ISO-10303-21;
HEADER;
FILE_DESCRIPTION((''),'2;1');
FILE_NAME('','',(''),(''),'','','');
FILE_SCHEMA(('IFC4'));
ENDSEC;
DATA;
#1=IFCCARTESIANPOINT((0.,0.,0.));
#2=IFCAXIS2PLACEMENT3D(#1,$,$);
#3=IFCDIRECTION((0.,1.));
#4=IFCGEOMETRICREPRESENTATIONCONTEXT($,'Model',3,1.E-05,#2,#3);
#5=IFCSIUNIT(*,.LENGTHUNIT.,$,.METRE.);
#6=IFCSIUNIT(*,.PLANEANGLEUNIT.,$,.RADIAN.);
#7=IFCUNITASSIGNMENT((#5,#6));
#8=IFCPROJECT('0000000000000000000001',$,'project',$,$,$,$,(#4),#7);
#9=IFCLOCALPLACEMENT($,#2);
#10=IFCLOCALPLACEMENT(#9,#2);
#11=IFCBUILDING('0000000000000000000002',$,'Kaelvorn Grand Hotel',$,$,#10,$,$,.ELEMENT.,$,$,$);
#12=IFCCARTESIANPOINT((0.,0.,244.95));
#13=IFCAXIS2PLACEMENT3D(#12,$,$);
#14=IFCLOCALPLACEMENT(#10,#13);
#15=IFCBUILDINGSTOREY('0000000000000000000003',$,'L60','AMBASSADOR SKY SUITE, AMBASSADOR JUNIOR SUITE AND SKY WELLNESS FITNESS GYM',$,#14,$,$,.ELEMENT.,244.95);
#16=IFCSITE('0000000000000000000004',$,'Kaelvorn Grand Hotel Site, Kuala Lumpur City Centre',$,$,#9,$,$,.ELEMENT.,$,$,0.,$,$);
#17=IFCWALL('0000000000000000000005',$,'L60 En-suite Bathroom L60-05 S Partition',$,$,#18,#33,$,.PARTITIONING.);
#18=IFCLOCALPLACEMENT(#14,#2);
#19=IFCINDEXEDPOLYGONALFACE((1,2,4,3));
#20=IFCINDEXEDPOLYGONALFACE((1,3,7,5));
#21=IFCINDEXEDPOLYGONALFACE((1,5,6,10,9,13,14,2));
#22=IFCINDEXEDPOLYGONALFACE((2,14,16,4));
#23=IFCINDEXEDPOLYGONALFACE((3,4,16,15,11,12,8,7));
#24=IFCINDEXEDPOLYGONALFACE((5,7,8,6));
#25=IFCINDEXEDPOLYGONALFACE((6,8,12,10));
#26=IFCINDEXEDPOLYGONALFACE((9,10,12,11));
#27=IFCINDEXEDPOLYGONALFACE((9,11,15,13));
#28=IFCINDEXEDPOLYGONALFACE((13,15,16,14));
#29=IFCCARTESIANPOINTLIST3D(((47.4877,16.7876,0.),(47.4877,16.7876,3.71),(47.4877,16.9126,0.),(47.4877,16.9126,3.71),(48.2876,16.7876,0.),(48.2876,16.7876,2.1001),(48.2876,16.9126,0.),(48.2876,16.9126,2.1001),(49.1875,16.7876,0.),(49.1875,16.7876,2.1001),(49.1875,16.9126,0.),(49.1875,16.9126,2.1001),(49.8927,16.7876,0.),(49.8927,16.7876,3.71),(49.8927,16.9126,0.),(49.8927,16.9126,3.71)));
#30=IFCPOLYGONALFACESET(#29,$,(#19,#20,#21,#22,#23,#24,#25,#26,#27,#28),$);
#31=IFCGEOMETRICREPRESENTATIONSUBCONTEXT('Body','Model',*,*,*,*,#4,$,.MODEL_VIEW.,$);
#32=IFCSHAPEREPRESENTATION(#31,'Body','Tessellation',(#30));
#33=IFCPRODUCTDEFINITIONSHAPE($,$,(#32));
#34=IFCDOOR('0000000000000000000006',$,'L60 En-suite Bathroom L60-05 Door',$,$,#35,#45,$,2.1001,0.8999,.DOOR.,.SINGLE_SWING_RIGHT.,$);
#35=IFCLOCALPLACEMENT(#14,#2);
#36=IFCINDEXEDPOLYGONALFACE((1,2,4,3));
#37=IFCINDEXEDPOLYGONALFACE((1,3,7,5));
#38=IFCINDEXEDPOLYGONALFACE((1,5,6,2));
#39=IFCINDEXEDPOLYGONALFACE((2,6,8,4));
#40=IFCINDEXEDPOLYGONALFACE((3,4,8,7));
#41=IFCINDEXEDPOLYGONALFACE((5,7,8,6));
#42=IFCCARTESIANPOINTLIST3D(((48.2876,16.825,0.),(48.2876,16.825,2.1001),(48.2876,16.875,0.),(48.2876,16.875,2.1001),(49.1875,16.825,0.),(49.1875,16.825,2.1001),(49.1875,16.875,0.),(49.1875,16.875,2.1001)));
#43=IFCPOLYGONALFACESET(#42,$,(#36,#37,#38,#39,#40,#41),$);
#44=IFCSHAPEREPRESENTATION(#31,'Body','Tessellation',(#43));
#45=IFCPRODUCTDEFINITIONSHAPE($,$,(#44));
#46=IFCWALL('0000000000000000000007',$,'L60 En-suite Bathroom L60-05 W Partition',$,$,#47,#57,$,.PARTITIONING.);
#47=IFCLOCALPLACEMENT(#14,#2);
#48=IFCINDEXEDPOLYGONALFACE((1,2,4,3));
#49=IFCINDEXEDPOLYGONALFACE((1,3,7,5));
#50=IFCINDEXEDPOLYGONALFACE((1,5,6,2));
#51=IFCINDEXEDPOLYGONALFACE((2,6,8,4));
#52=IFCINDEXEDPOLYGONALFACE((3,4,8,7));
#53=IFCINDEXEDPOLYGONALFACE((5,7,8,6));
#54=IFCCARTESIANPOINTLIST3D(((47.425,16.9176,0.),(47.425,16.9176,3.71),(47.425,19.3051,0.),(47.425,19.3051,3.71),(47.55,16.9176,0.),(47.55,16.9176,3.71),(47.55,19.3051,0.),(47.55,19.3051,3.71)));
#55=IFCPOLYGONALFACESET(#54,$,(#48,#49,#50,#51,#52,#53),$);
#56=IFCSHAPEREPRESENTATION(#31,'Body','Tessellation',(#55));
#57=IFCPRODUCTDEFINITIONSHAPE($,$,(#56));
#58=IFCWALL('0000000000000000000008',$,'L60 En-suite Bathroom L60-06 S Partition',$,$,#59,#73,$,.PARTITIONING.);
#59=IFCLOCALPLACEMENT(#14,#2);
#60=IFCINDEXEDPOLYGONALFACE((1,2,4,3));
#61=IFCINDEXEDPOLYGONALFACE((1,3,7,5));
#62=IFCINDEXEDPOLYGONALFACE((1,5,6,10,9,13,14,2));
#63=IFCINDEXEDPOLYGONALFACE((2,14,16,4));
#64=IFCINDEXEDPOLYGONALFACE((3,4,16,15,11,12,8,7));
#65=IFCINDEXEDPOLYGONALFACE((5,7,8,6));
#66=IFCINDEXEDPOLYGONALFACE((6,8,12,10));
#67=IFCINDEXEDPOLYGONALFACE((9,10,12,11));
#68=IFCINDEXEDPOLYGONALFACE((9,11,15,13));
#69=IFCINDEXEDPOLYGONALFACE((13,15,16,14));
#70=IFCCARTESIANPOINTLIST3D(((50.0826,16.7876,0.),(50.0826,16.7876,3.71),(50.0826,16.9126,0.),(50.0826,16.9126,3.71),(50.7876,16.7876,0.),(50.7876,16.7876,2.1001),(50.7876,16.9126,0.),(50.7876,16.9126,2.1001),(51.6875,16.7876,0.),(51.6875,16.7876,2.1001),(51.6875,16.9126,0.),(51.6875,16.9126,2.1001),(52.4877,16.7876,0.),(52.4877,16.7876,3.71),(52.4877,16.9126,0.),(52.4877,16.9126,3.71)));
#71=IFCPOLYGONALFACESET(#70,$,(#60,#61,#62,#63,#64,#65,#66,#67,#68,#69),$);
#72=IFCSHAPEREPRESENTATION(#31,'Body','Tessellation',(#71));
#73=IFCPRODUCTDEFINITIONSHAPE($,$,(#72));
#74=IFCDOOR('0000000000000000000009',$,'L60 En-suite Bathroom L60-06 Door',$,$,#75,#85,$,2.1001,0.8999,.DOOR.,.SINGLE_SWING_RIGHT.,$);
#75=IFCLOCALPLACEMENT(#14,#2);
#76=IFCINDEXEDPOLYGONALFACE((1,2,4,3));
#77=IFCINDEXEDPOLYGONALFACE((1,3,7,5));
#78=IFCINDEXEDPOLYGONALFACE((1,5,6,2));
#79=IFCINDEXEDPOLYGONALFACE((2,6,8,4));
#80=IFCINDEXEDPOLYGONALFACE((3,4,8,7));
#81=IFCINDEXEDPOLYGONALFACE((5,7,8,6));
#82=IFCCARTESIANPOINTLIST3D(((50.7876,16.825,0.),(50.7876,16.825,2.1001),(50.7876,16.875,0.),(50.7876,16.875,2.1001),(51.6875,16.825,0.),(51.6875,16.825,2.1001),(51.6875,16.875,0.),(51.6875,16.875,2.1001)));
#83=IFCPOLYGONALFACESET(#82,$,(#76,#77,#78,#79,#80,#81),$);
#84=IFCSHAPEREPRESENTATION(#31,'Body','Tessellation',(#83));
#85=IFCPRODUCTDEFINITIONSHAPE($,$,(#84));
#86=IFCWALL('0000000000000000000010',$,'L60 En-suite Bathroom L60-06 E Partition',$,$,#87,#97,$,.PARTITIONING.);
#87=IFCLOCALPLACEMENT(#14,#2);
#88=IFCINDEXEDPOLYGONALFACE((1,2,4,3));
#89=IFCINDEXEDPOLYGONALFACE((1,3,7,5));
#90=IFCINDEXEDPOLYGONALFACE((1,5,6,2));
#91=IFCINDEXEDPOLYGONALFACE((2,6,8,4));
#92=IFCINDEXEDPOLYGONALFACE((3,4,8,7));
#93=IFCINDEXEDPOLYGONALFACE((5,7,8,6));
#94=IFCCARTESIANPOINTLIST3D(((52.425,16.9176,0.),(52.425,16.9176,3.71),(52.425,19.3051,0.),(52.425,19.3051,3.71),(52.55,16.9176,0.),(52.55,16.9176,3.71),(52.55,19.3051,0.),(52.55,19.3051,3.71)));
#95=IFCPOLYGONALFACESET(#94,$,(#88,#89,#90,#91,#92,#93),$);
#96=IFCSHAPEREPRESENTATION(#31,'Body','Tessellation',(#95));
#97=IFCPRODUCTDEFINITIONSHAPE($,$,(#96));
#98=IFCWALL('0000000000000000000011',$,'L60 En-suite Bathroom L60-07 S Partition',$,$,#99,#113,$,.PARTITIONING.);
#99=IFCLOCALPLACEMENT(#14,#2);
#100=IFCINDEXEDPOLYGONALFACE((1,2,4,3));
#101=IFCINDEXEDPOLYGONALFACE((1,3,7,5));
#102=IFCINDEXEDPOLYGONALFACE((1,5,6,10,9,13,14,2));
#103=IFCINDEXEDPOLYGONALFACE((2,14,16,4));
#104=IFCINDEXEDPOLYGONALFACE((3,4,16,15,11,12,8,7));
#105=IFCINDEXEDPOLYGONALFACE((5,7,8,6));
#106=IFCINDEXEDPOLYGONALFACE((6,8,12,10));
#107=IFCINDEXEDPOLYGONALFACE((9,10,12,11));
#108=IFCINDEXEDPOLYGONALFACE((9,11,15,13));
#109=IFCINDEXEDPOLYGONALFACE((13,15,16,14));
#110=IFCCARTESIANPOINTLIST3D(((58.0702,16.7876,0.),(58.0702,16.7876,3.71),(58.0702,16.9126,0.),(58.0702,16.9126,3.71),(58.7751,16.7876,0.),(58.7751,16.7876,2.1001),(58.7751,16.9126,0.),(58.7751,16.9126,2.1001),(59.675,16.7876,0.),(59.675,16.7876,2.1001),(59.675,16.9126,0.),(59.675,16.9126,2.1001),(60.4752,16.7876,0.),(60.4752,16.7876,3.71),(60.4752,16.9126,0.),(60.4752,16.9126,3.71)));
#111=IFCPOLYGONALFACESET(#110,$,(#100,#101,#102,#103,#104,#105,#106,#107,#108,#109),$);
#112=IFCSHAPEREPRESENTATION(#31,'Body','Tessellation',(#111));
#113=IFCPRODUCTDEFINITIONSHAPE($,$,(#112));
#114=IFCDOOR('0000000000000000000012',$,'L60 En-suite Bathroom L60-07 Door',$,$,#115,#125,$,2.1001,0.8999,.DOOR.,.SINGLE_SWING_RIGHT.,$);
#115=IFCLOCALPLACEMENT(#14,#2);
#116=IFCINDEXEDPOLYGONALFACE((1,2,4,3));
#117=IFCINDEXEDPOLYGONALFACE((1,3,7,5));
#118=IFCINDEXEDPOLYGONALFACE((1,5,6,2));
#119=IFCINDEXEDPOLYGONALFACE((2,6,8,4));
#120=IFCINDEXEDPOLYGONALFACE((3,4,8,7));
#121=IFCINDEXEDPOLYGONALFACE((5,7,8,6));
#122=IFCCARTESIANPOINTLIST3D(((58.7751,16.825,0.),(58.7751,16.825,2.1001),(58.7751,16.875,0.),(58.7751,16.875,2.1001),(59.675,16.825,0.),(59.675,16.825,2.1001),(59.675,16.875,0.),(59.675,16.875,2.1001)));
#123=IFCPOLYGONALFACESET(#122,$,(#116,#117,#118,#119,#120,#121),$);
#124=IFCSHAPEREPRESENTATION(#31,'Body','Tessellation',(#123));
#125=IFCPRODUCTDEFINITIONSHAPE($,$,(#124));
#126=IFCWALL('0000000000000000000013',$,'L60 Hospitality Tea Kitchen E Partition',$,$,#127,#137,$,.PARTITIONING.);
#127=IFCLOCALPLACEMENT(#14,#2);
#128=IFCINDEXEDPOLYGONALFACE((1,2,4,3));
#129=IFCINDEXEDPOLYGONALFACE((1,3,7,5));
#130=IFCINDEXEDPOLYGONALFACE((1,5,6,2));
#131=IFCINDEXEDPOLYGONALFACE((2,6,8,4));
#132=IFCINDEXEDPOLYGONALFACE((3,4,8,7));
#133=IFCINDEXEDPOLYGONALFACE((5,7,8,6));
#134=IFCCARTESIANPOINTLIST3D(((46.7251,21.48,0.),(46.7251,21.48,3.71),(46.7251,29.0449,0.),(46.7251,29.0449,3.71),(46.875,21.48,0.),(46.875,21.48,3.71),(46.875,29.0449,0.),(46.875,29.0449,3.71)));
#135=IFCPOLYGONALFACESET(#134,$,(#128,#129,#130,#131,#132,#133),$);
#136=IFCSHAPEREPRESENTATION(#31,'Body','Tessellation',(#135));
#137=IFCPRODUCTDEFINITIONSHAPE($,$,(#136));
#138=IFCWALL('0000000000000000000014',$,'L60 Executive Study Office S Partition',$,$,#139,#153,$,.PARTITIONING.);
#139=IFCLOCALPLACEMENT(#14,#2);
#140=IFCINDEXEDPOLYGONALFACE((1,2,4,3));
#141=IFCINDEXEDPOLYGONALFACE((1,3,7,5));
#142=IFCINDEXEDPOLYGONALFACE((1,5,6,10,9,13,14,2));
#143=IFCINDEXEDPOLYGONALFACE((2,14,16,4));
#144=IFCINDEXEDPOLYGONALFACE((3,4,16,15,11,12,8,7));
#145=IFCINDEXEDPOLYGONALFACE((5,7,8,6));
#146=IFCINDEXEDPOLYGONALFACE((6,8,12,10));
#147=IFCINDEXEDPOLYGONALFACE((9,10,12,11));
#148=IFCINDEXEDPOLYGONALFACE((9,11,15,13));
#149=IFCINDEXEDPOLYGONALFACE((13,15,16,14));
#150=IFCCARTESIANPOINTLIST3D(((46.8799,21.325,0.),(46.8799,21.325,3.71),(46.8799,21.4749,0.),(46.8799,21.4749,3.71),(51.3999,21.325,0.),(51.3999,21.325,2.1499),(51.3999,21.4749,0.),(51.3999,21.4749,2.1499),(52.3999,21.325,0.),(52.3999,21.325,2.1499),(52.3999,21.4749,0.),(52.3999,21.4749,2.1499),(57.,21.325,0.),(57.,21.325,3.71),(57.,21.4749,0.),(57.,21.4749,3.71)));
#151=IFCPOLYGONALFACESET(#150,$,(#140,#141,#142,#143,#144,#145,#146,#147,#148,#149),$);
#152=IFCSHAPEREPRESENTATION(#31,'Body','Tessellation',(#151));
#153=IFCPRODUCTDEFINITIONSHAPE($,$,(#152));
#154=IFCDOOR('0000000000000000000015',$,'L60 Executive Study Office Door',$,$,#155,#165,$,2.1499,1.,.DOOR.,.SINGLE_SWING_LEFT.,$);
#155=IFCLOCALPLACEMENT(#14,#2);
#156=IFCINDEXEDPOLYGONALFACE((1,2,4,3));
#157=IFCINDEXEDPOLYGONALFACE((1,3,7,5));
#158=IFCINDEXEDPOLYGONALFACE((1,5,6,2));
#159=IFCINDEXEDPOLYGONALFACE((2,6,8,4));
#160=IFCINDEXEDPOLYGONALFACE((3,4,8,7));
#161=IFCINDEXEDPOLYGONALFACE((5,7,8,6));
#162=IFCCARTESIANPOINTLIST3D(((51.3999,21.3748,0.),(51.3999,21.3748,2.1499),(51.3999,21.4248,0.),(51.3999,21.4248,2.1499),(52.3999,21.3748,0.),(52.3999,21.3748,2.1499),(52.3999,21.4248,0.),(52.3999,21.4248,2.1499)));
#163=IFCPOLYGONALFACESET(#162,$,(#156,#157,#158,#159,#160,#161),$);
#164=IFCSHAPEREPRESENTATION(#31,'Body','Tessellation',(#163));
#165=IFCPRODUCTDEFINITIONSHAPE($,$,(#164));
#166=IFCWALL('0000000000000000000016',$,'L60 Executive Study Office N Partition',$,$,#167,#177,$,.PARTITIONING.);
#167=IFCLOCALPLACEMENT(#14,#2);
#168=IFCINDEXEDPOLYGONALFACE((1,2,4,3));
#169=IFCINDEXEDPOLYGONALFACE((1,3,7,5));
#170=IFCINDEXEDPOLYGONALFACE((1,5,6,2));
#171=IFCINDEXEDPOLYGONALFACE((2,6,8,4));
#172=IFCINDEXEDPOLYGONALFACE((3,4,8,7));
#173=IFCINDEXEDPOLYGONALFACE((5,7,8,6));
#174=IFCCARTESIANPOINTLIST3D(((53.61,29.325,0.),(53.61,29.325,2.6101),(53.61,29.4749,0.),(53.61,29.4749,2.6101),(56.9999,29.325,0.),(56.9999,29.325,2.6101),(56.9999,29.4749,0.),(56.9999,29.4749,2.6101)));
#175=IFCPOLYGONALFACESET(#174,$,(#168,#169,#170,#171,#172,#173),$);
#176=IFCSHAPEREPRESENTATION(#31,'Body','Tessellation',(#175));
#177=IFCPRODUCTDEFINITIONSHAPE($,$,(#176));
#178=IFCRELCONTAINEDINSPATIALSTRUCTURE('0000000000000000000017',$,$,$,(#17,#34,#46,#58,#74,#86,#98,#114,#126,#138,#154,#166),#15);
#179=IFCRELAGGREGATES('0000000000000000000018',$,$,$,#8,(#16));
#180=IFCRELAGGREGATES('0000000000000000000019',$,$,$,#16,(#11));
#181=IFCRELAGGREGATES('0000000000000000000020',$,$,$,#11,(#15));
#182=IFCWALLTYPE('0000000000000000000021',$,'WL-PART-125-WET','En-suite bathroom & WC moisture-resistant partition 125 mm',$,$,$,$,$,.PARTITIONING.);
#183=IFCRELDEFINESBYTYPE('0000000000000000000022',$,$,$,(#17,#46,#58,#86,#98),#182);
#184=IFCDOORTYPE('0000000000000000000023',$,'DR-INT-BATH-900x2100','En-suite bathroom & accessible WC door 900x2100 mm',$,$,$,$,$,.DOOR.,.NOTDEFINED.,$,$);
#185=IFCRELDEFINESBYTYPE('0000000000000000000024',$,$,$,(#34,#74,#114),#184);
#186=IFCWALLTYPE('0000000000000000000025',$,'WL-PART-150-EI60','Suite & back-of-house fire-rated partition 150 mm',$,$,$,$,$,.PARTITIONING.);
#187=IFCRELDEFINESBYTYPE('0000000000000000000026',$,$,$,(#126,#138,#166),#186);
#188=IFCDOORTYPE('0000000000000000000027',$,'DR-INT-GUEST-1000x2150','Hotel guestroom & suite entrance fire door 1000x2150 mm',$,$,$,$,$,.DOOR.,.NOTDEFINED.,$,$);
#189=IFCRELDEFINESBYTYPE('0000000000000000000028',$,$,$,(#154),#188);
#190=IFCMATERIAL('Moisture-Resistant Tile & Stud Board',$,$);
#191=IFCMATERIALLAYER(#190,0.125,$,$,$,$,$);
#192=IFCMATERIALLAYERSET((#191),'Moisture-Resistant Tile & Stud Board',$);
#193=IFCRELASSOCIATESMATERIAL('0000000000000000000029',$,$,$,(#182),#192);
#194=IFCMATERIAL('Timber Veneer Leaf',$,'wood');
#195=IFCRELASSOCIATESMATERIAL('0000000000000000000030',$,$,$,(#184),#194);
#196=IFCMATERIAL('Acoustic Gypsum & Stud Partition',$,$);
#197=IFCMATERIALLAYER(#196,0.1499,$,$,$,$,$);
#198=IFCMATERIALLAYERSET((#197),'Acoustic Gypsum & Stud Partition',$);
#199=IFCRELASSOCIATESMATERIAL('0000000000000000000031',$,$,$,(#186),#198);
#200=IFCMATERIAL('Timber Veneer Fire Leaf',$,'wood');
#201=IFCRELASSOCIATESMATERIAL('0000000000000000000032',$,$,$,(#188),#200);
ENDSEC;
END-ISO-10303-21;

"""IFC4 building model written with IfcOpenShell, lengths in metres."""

from ifc_helpers import new_model, si_unit, direction, frame, frame_2d, origin, place, context, subcontext, project, spatial, rectangle, extrude, material, layer, layer_set, type_object, element, fill, save


model = new_model("IFC4")

# Units and contexts
model_context = context("Model", 3, precision=1e-05, world=origin(), true_north=direction((0.0, 1.0)))
body_context = subcontext(model_context, "Body", "Model", "MODEL_VIEW")
ifc_project = project(units=[si_unit("LENGTHUNIT", "METRE"), si_unit("PLANEANGLEUNIT", "RADIAN")], contexts=[model_context])

# Site, building, storey
site_placement = place(None, origin())
site = spatial("IfcSite", under=ifc_project, at=site_placement, Name="Kaelvorn Grand Hotel Site, Kuala Lumpur City Centre", CompositionType="ELEMENT", RefElevation=0.0)
building_placement = place(site_placement, origin())
building = spatial("IfcBuilding", under=site, at=building_placement, Name="Kaelvorn Grand Hotel", CompositionType="ELEMENT")
storey_placement = place(building_placement, frame((0.0, 0.0, 244.95)))
storey = spatial("IfcBuildingStorey", under=building, at=storey_placement, Name="L60", Description="AMBASSADOR SKY SUITE, AMBASSADOR JUNIOR SUITE AND SKY WELLNESS FITNESS GYM", CompositionType="ELEMENT", Elevation=244.95)

# Wall, opening, door
ifc_material_1 = material(Name="Moisture-Resistant Tile & Stud Board")
ifc_layer_1 = layer(ifc_material_1, 0.125)
ifc_layer_set_1 = layer_set([ifc_layer_1], Name="Moisture-Resistant Tile & Stud Board")
wall_type_1 = type_object("IfcWallType", Name="WL-PART-125-WET", Description="En-suite bathroom & WC moisture-resistant partition 125 mm", PredefinedType="PARTITIONING", material=ifc_layer_set_1)
wall_1_placement = place(storey_placement, frame((47.4875, 16.8501, 0.0), z_axis=(0.0, 0.0, 1.0), x_axis=(1.0, 0.0, 0.0)))
wall_1 = element("IfcWall", 1, at=wall_1_placement, inside=storey, type_object=wall_type_1, Name="L60 En-suite Bathroom L60-05 S Partition", PredefinedType="PARTITIONING", context=body_context, shape_type="SweptSolid", body=[
    extrude(rectangle(XDim=2.405, YDim=0.125, at=frame_2d((1.2026, 0.0))), origin(), (0.0, 0.0, 1.0), 3.71),
])
opening_1_placement = place(wall_1_placement, frame((0.8, 0.0, 0.0)))
opening_1 = element("IfcOpeningElement", 2, at=opening_1_placement, cuts=wall_1, PredefinedType="OPENING", context=body_context, shape_type="SweptSolid", body=[
    extrude(rectangle(XDim=0.8999, YDim=2.1001, at=frame_2d((0.45, 1.05))), frame((0.0, 0.0725, 0.0), z_axis=(0.0, -1.0, 0.0), x_axis=(1.0, 0.0, 0.0)), (0.0, 0.0, 1.0), 0.145),
])
ifc_material_2 = material(Name="Timber Veneer Leaf", Category="wood")
door_type_1 = type_object("IfcDoorType", Name="DR-INT-BATH-900x2100", Description="En-suite bathroom & accessible WC door 900x2100 mm", OperationType="NOTDEFINED", PredefinedType="DOOR", material=ifc_material_2)
door_1_placement = place(opening_1_placement, origin())
door_1 = element("IfcDoor", 3, at=door_1_placement, inside=storey, type_object=door_type_1, Name="L60 En-suite Bathroom L60-05 Door", OperationType="SINGLE_SWING_RIGHT", OverallHeight=2.1001, OverallWidth=0.8999, PredefinedType="DOOR", context=body_context, shape_type="SweptSolid", body=[
    extrude(rectangle(XDim=0.8999, YDim=2.1001, at=frame_2d((0.45, 1.05))), frame((0.0, 0.0249, 0.0), z_axis=(0.0, -1.0, 0.0), x_axis=(1.0, 0.0, 0.0)), (0.0, 0.0, 1.0), 0.05),
])
fill(opening_1, door_1)

# Wall
wall_2_placement = place(storey_placement, frame((47.4875, 16.9175, 0.0), z_axis=(0.0, 0.0, 1.0), x_axis=(0.0, 1.0, 0.0)))
element("IfcWall", 4, at=wall_2_placement, inside=storey, type_object=wall_type_1, Name="L60 En-suite Bathroom L60-05 W Partition", PredefinedType="PARTITIONING", context=body_context, shape_type="SweptSolid", body=[
    extrude(rectangle(XDim=2.3875, YDim=0.125, at=frame_2d((1.1938, 0.0))), origin(), (0.0, 0.0, 1.0), 3.71),
])

# Wall, opening, door
wall_3_placement = place(storey_placement, frame((50.0825, 16.8501, 0.0), z_axis=(0.0, 0.0, 1.0), x_axis=(1.0, 0.0, 0.0)))
wall_3 = element("IfcWall", 5, at=wall_3_placement, inside=storey, type_object=wall_type_1, Name="L60 En-suite Bathroom L60-06 S Partition", PredefinedType="PARTITIONING", context=body_context, shape_type="SweptSolid", body=[
    extrude(rectangle(XDim=2.405, YDim=0.125, at=frame_2d((1.2026, 0.0))), origin(), (0.0, 0.0, 1.0), 3.71),
])
opening_2_placement = place(wall_3_placement, frame((0.7051, 0.0, 0.0)))
opening_2 = element("IfcOpeningElement", 6, at=opening_2_placement, cuts=wall_3, PredefinedType="OPENING", context=body_context, shape_type="SweptSolid", body=[
    extrude(rectangle(XDim=0.8999, YDim=2.1001, at=frame_2d((0.45, 1.05))), frame((0.0, 0.0725, 0.0), z_axis=(0.0, -1.0, 0.0), x_axis=(1.0, 0.0, 0.0)), (0.0, 0.0, 1.0), 0.145),
])
door_2_placement = place(opening_2_placement, origin())
door_2 = element("IfcDoor", 7, at=door_2_placement, inside=storey, type_object=door_type_1, Name="L60 En-suite Bathroom L60-06 Door", OperationType="SINGLE_SWING_RIGHT", OverallHeight=2.1001, OverallWidth=0.8999, PredefinedType="DOOR", context=body_context, shape_type="SweptSolid", body=[
    extrude(rectangle(XDim=0.8999, YDim=2.1001, at=frame_2d((0.45, 1.05))), frame((0.0, 0.0249, 0.0), z_axis=(0.0, -1.0, 0.0), x_axis=(1.0, 0.0, 0.0)), (0.0, 0.0, 1.0), 0.05),
])
fill(opening_2, door_2)

# Wall
wall_4_placement = place(storey_placement, frame((52.4875, 16.9175, 0.0), z_axis=(0.0, 0.0, 1.0), x_axis=(0.0, 1.0, 0.0)))
element("IfcWall", 8, at=wall_4_placement, inside=storey, type_object=wall_type_1, Name="L60 En-suite Bathroom L60-06 E Partition", PredefinedType="PARTITIONING", context=body_context, shape_type="SweptSolid", body=[
    extrude(rectangle(XDim=2.3875, YDim=0.125, at=frame_2d((1.1938, 0.0))), origin(), (0.0, 0.0, 1.0), 3.71),
])

# Wall, opening, door
wall_5_placement = place(storey_placement, frame((58.0701, 16.8501, 0.0), z_axis=(0.0, 0.0, 1.0), x_axis=(1.0, 0.0, 0.0)))
wall_5 = element("IfcWall", 9, at=wall_5_placement, inside=storey, type_object=wall_type_1, Name="L60 En-suite Bathroom L60-07 S Partition", PredefinedType="PARTITIONING", context=body_context, shape_type="SweptSolid", body=[
    extrude(rectangle(XDim=2.405, YDim=0.125, at=frame_2d((1.2026, 0.0))), origin(), (0.0, 0.0, 1.0), 3.71),
])
opening_3_placement = place(wall_5_placement, frame((0.7051, 0.0, 0.0)))
opening_3 = element("IfcOpeningElement", 10, at=opening_3_placement, cuts=wall_5, PredefinedType="OPENING", context=body_context, shape_type="SweptSolid", body=[
    extrude(rectangle(XDim=0.8999, YDim=2.1001, at=frame_2d((0.45, 1.05))), frame((0.0, 0.0725, 0.0), z_axis=(0.0, -1.0, 0.0), x_axis=(1.0, 0.0, 0.0)), (0.0, 0.0, 1.0), 0.145),
])
door_3_placement = place(opening_3_placement, origin())
door_3 = element("IfcDoor", 11, at=door_3_placement, inside=storey, type_object=door_type_1, Name="L60 En-suite Bathroom L60-07 Door", OperationType="SINGLE_SWING_RIGHT", OverallHeight=2.1001, OverallWidth=0.8999, PredefinedType="DOOR", context=body_context, shape_type="SweptSolid", body=[
    extrude(rectangle(XDim=0.8999, YDim=2.1001, at=frame_2d((0.45, 1.05))), frame((0.0, 0.0249, 0.0), z_axis=(0.0, -1.0, 0.0), x_axis=(1.0, 0.0, 0.0)), (0.0, 0.0, 1.0), 0.05),
])
fill(opening_3, door_3)

# Wall
ifc_material_3 = material(Name="Acoustic Gypsum & Stud Partition")
ifc_layer_2 = layer(ifc_material_3, 0.1499)
ifc_layer_set_2 = layer_set([ifc_layer_2], Name="Acoustic Gypsum & Stud Partition")
wall_type_2 = type_object("IfcWallType", Name="WL-PART-150-EI60", Description="Suite & back-of-house fire-rated partition 150 mm", PredefinedType="PARTITIONING", material=ifc_layer_set_2)
wall_6_placement = place(storey_placement, frame((46.8, 21.48, 0.0), z_axis=(0.0, 0.0, 1.0), x_axis=(0.0, 1.0, 0.0)))
element("IfcWall", 12, at=wall_6_placement, inside=storey, type_object=wall_type_2, Name="L60 Hospitality Tea Kitchen E Partition", PredefinedType="PARTITIONING", context=body_context, shape_type="SweptSolid", body=[
    extrude(rectangle(XDim=7.5649, YDim=0.1499, at=frame_2d((3.7825, 0.0))), origin(), (0.0, 0.0, 1.0), 3.71),
])

# Wall, opening, door
wall_7_placement = place(storey_placement, frame((46.8799, 21.3999, 0.0), z_axis=(0.0, 0.0, 1.0), x_axis=(1.0, 0.0, 0.0)))
wall_7 = element("IfcWall", 13, at=wall_7_placement, inside=storey, type_object=wall_type_2, Name="L60 Executive Study Office S Partition", PredefinedType="PARTITIONING", context=body_context, shape_type="SweptSolid", body=[
    extrude(rectangle(XDim=10.1201, YDim=0.1499, at=frame_2d((5.0601, 0.0))), origin(), (0.0, 0.0, 1.0), 3.71),
])
opening_4_placement = place(wall_7_placement, frame((4.52, 0.0, 0.0)))
opening_4 = element("IfcOpeningElement", 14, at=opening_4_placement, cuts=wall_7, PredefinedType="OPENING", context=body_context, shape_type="SweptSolid", body=[
    extrude(rectangle(XDim=1.0, YDim=2.1499, at=frame_2d((0.5, 1.075))), frame((0.0, 0.085, 0.0), z_axis=(0.0, -1.0, 0.0), x_axis=(1.0, 0.0, 0.0)), (0.0, 0.0, 1.0), 0.1699),
])
ifc_material_4 = material(Name="Timber Veneer Fire Leaf", Category="wood")
door_type_2 = type_object("IfcDoorType", Name="DR-INT-GUEST-1000x2150", Description="Hotel guestroom & suite entrance fire door 1000x2150 mm", OperationType="NOTDEFINED", PredefinedType="DOOR", material=ifc_material_4)
door_4_placement = place(opening_4_placement, origin())
door_4 = element("IfcDoor", 15, at=door_4_placement, inside=storey, type_object=door_type_2, Name="L60 Executive Study Office Door", OperationType="SINGLE_SWING_LEFT", OverallHeight=2.1499, OverallWidth=1.0, PredefinedType="DOOR", context=body_context, shape_type="SweptSolid", body=[
    extrude(rectangle(XDim=1.0, YDim=2.1499, at=frame_2d((0.5, 1.075))), frame((0.0, 0.0249, 0.0), z_axis=(0.0, -1.0, 0.0), x_axis=(1.0, 0.0, 0.0)), (0.0, 0.0, 1.0), 0.05),
])
fill(opening_4, door_4)

# Wall
wall_8_placement = place(storey_placement, frame((53.6101, 29.3999, 0.0), z_axis=(0.0, 0.0, 1.0), x_axis=(1.0, 0.0, 0.0)))
element("IfcWall", 16, at=wall_8_placement, inside=storey, type_object=wall_type_2, Name="L60 Executive Study Office N Partition", PredefinedType="PARTITIONING", context=body_context, shape_type="SweptSolid", body=[
    extrude(rectangle(XDim=3.3899, YDim=0.1499, at=frame_2d((1.6948, 0.0))), origin(), (0.0, 0.0, 1.0), 2.6101),
])

save(model, "model.ifc")
